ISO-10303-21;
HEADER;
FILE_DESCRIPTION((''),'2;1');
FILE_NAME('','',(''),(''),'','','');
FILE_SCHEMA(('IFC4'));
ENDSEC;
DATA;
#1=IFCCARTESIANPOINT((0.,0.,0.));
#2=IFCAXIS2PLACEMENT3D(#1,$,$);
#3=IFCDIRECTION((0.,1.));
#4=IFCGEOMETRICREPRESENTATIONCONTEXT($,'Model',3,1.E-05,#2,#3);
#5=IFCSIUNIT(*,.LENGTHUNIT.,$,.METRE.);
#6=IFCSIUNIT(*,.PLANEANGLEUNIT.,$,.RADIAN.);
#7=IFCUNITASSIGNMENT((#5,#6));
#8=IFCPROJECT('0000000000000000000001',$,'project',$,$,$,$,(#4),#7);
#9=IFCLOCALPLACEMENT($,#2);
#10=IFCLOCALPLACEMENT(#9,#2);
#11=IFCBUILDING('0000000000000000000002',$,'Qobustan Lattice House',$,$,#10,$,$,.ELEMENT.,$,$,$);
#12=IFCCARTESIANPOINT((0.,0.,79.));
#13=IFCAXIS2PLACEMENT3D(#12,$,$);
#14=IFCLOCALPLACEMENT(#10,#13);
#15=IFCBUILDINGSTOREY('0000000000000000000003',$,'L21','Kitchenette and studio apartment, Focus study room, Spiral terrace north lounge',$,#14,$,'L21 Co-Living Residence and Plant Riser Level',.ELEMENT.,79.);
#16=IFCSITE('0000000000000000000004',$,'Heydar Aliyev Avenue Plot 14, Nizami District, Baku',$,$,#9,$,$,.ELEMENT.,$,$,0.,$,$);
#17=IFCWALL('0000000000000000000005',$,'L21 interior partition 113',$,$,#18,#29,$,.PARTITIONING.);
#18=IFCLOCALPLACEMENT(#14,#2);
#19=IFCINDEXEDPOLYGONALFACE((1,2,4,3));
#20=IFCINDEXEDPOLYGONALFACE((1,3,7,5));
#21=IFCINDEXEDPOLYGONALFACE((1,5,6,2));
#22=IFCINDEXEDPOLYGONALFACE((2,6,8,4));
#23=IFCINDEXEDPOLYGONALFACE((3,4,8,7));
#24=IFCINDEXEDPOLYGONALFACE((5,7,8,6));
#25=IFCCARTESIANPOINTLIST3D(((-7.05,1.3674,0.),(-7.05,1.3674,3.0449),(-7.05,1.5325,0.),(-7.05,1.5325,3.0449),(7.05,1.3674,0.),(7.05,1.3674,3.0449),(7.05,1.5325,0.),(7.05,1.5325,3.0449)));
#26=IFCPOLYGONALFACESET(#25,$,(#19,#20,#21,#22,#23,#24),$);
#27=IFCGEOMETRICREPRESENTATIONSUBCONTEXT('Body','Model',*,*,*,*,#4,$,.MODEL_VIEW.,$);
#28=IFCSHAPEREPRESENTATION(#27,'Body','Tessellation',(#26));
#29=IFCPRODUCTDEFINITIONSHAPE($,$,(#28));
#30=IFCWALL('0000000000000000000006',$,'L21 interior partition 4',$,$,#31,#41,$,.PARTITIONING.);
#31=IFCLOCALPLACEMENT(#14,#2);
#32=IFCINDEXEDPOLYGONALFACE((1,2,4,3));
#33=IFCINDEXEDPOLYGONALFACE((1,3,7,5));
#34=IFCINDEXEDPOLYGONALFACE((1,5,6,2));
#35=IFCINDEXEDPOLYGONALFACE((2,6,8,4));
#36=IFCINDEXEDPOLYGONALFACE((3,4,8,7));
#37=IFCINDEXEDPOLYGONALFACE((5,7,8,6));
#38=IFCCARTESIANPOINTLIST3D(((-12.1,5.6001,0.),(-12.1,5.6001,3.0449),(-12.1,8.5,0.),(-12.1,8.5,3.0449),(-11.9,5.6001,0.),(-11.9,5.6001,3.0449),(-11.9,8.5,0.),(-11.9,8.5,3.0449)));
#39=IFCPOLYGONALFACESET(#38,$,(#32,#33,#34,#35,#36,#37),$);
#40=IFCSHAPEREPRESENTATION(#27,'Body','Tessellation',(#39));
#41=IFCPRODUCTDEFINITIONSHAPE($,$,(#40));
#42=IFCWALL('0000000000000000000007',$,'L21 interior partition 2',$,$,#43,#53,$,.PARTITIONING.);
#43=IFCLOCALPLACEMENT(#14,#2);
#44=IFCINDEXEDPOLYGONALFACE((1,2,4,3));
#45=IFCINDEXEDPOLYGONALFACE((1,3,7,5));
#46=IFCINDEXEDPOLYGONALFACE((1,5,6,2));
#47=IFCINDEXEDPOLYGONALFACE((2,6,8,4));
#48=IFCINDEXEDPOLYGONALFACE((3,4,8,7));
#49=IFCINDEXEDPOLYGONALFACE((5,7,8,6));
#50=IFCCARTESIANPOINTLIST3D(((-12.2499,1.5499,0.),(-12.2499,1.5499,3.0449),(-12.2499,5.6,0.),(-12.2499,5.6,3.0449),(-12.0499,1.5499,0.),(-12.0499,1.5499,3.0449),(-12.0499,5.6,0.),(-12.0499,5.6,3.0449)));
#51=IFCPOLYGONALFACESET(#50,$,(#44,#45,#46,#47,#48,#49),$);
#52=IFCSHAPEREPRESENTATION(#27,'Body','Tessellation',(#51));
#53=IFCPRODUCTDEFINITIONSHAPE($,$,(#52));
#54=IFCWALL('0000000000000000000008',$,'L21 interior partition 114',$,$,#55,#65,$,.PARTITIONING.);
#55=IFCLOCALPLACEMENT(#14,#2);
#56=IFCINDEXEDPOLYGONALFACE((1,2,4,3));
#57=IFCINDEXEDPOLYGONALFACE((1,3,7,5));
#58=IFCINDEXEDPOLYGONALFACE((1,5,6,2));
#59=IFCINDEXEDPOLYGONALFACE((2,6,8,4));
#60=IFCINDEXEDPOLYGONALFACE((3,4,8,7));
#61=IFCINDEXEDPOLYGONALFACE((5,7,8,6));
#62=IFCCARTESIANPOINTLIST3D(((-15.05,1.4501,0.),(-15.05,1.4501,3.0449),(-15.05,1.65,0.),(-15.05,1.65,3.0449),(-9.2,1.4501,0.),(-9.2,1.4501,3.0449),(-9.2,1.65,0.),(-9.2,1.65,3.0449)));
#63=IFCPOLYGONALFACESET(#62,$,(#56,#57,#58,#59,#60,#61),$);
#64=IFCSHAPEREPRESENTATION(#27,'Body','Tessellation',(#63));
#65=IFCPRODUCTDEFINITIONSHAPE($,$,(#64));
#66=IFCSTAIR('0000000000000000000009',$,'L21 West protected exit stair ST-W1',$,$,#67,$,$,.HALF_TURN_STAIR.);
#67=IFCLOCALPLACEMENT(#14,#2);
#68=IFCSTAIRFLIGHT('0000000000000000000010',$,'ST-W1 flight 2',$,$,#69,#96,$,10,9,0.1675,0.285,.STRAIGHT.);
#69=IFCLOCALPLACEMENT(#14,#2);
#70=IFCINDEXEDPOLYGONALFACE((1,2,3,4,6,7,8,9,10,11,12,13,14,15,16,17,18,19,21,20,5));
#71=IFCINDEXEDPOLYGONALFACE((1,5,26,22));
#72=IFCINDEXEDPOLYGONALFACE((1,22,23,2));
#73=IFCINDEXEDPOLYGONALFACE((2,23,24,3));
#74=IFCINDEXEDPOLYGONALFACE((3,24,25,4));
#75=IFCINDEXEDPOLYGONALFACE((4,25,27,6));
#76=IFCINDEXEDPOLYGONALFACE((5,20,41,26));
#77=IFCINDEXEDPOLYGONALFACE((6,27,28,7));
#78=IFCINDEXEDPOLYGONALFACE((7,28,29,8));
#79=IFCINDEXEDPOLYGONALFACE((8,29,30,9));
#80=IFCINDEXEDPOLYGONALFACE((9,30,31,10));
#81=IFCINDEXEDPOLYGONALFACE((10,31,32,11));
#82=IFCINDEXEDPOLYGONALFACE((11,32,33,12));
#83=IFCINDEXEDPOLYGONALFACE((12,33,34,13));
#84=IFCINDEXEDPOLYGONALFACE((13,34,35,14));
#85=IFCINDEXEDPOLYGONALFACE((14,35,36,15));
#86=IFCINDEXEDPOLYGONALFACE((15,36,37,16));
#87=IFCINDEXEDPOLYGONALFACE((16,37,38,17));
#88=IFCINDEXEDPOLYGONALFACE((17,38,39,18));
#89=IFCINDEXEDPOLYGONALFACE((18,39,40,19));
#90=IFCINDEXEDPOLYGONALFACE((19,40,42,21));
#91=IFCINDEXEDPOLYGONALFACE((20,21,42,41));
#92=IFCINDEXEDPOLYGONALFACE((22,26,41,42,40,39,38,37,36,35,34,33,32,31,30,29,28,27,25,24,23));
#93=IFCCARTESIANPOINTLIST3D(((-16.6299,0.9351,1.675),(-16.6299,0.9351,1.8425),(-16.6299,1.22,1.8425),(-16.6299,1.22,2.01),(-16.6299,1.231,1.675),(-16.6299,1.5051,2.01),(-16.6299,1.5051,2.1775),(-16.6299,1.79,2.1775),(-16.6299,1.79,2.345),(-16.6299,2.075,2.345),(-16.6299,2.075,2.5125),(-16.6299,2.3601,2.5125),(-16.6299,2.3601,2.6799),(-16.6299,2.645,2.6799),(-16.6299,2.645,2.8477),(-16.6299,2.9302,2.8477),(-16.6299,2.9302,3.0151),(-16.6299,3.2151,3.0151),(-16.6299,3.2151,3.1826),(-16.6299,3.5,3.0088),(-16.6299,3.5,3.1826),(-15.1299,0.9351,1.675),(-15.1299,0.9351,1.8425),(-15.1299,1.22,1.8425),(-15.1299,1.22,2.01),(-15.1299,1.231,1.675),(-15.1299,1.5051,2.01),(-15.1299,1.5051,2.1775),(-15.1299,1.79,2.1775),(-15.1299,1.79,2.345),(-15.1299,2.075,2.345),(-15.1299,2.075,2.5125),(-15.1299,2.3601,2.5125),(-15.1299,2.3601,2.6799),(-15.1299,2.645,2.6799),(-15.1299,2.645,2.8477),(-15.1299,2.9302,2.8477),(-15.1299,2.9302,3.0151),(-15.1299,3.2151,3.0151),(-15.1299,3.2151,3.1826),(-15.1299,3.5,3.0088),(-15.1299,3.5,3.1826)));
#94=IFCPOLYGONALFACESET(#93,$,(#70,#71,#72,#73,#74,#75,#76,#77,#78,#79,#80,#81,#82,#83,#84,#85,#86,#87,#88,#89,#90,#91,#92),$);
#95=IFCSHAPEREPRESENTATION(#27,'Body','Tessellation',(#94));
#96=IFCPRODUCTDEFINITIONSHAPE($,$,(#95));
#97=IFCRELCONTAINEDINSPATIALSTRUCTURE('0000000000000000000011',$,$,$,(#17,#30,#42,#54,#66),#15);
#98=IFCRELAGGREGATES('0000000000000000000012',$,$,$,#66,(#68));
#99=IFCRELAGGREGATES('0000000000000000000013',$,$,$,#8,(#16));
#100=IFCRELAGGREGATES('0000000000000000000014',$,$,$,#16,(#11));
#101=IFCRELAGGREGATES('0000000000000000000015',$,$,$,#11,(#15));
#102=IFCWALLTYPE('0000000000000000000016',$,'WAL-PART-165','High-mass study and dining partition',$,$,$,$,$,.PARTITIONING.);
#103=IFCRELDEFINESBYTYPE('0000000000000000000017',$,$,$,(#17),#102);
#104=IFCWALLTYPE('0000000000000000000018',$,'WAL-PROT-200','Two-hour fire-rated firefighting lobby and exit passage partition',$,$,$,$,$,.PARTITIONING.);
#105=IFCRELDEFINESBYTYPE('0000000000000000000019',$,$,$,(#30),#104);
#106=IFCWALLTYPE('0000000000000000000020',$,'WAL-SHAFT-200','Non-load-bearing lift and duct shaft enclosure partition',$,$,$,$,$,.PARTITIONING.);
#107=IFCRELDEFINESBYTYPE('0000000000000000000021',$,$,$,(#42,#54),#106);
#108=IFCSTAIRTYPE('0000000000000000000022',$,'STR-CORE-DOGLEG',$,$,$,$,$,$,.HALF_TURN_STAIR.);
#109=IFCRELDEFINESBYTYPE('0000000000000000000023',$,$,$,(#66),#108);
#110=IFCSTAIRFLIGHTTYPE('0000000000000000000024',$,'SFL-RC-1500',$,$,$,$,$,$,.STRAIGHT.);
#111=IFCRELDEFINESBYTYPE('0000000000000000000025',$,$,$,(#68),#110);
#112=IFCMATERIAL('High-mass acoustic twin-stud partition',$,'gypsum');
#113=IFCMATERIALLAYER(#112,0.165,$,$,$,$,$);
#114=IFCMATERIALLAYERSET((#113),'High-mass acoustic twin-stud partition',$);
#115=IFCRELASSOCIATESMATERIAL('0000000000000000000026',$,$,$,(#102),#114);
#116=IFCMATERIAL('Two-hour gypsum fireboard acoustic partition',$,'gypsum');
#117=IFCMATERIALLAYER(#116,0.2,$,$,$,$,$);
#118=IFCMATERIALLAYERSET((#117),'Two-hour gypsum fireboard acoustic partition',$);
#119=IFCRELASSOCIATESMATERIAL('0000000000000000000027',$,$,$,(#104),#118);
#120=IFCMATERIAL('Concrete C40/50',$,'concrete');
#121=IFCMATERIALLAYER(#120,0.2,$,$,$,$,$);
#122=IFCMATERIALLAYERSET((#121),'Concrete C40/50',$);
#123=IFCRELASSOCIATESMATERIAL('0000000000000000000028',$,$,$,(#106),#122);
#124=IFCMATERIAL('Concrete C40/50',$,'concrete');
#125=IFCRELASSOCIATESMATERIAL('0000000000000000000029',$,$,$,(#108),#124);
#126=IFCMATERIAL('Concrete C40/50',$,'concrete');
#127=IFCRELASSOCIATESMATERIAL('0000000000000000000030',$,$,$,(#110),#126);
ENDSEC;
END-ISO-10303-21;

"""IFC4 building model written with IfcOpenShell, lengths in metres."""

from ifc_helpers import new_model, si_unit, direction, frame, frame_2d, origin, place, context, subcontext, project, spatial, polyline, rectangle, outline, extrude, material, layer, layer_set, type_object, element, aggregate, save


model = new_model("IFC4")

# Units and contexts
model_context = context("Model", 3, precision=1e-05, world=origin(), true_north=direction((0.0, 1.0)))
body_context = subcontext(model_context, "Body", "Model", "MODEL_VIEW")
ifc_project = project(units=[si_unit("LENGTHUNIT", "METRE"), si_unit("PLANEANGLEUNIT", "RADIAN")], contexts=[model_context])

# Site, building, storey
site_placement = place(None, origin())
site = spatial("IfcSite", under=ifc_project, at=site_placement, Name="Heydar Aliyev Avenue Plot 14, Nizami District, Baku", CompositionType="ELEMENT", RefElevation=0.0)
building_placement = place(site_placement, origin())
building = spatial("IfcBuilding", under=site, at=building_placement, Name="Qobustan Lattice House", CompositionType="ELEMENT")
storey_placement = place(building_placement, frame((0.0, 0.0, 79.0)))
storey = spatial("IfcBuildingStorey", under=building, at=storey_placement, Name="L21", Description="Kitchenette and studio apartment, Focus study room, Spiral terrace north lounge", LongName="L21 Co-Living Residence and Plant Riser Level", CompositionType="ELEMENT", Elevation=79.0)

# Wall
ifc_material_1 = material(Name="High-mass acoustic twin-stud partition", Category="gypsum")
ifc_layer_1 = layer(ifc_material_1, 0.165)
ifc_layer_set_1 = layer_set([ifc_layer_1], Name="High-mass acoustic twin-stud partition")
wall_type_1 = type_object("IfcWallType", Name="WAL-PART-165", Description="High-mass study and dining partition", PredefinedType="PARTITIONING", material=ifc_layer_set_1)
wall_1_placement = place(storey_placement, frame((-7.05, 1.45, 0.0), z_axis=(0.0, 0.0, 1.0), x_axis=(1.0, 0.0, 0.0)))
element("IfcWall", 1, at=wall_1_placement, inside=storey, type_object=wall_type_1, Name="L21 interior partition 113", PredefinedType="PARTITIONING", context=body_context, shape_type="SweptSolid", body=[
    extrude(rectangle(XDim=14.1001, YDim=0.165, at=frame_2d((7.05, 0.0))), origin(), (0.0, 0.0, 1.0), 3.0449),
])

# Shared definitions
ifc_material_2 = material(Name="Two-hour gypsum fireboard acoustic partition", Category="gypsum")
ifc_layer_2 = layer(ifc_material_2, 0.2)
ifc_layer_set_2 = layer_set([ifc_layer_2], Name="Two-hour gypsum fireboard acoustic partition")
wall_type_2 = type_object("IfcWallType", Name="WAL-PROT-200", Description="Two-hour fire-rated firefighting lobby and exit passage partition", PredefinedType="PARTITIONING", material=ifc_layer_set_2)

# Walls
wall_2_placement = place(storey_placement, frame((-12.0, 5.6001, 0.0), z_axis=(0.0, 0.0, 1.0), x_axis=(0.0, 1.0, 0.0)))
element("IfcWall", 2, at=wall_2_placement, inside=storey, type_object=wall_type_2, Name="L21 interior partition 4", PredefinedType="PARTITIONING", context=body_context, shape_type="SweptSolid", body=[
    extrude(rectangle(XDim=2.8999, YDim=0.2, at=frame_2d((1.45, 0.0))), origin(), (0.0, 0.0, 1.0), 3.0449),
])
ifc_material_3 = material(Name="Concrete C40/50", Category="concrete")
ifc_layer_3 = layer(ifc_material_3, 0.2)
ifc_layer_set_3 = layer_set([ifc_layer_3], Name="Concrete C40/50")
wall_type_3 = type_object("IfcWallType", Name="WAL-SHAFT-200", Description="Non-load-bearing lift and duct shaft enclosure partition", PredefinedType="PARTITIONING", material=ifc_layer_set_3)
wall_3_placement = place(storey_placement, frame((-12.1499, 1.55, 0.0), z_axis=(0.0, 0.0, 1.0), x_axis=(0.0, 1.0, 0.0)))
element("IfcWall", 3, at=wall_3_placement, inside=storey, type_object=wall_type_3, Name="L21 interior partition 2", PredefinedType="PARTITIONING", context=body_context, shape_type="SweptSolid", body=[
    extrude(rectangle(XDim=4.05, YDim=0.2, at=frame_2d((2.0249, 0.0))), origin(), (0.0, 0.0, 1.0), 3.0449),
])
wall_4_placement = place(storey_placement, frame((-15.05, 1.55, 0.0), z_axis=(0.0, 0.0, 1.0), x_axis=(1.0, 0.0, 0.0)))
element("IfcWall", 4, at=wall_4_placement, inside=storey, type_object=wall_type_3, Name="L21 interior partition 114", PredefinedType="PARTITIONING", context=body_context, shape_type="SweptSolid", body=[
    extrude(rectangle(XDim=5.8501, YDim=0.2, at=frame_2d((2.925, 0.0))), origin(), (0.0, 0.0, 1.0), 3.0449),
])

# Stair, stair flight
ifc_material_4 = material(Name="Concrete C40/50", Category="concrete")
stair_type = type_object("IfcStairType", Name="STR-CORE-DOGLEG", PredefinedType="HALF_TURN_STAIR", material=ifc_material_4)
stair_placement = place(storey_placement, origin())
stair = element("IfcStair", 5, at=stair_placement, inside=storey, type_object=stair_type, Name="L21 West protected exit stair ST-W1", PredefinedType="HALF_TURN_STAIR")
ifc_material_5 = material(Name="Concrete C40/50", Category="concrete")
stair_flight_type = type_object("IfcStairFlightType", Name="SFL-RC-1500", PredefinedType="STRAIGHT", material=ifc_material_5)
stair_flight_placement = place(storey_placement, frame((-15.8799, 0.9351, 1.675), z_axis=(0.0, 0.0, 1.0), x_axis=(0.0, 1.0, 0.0)))
stair_flight = element("IfcStairFlight", 6, at=stair_flight_placement, type_object=stair_flight_type, Name="ST-W1 flight 2", NumberOfRisers=10, NumberOfTreads=9, PredefinedType="STRAIGHT", RiserHeight=0.1675, TreadLength=0.285, context=body_context, shape_type="SweptSolid", body=[
    extrude(outline(polyline([(0.0, 0.0), (0.0, 0.1675), (0.2849, 0.1675), (0.2849, 0.335), (0.5701, 0.335), (0.5701, 0.5024), (0.855, 0.5024), (0.855, 0.6699), (1.1399, 0.6699), (1.1399, 0.8374), (1.425, 0.8374), (1.425, 1.0049), (1.71, 1.0049), (1.71, 1.1726), (1.9951, 1.1726), (1.9951, 1.3401), (2.28, 1.3401), (2.28, 1.5076), (2.5649, 1.5076), (2.5649, 1.675), (2.5649, 1.3337), (0.2959, 0.0), (0.0, 0.0)])), frame((0.0, 0.75, 0.0), z_axis=(0.0, -1.0, 0.0), x_axis=(1.0, 0.0, 0.0)), (0.0, 0.0, 1.0), 1.5),
])
aggregate(stair, [stair_flight])

save(model, "model.ifc")
